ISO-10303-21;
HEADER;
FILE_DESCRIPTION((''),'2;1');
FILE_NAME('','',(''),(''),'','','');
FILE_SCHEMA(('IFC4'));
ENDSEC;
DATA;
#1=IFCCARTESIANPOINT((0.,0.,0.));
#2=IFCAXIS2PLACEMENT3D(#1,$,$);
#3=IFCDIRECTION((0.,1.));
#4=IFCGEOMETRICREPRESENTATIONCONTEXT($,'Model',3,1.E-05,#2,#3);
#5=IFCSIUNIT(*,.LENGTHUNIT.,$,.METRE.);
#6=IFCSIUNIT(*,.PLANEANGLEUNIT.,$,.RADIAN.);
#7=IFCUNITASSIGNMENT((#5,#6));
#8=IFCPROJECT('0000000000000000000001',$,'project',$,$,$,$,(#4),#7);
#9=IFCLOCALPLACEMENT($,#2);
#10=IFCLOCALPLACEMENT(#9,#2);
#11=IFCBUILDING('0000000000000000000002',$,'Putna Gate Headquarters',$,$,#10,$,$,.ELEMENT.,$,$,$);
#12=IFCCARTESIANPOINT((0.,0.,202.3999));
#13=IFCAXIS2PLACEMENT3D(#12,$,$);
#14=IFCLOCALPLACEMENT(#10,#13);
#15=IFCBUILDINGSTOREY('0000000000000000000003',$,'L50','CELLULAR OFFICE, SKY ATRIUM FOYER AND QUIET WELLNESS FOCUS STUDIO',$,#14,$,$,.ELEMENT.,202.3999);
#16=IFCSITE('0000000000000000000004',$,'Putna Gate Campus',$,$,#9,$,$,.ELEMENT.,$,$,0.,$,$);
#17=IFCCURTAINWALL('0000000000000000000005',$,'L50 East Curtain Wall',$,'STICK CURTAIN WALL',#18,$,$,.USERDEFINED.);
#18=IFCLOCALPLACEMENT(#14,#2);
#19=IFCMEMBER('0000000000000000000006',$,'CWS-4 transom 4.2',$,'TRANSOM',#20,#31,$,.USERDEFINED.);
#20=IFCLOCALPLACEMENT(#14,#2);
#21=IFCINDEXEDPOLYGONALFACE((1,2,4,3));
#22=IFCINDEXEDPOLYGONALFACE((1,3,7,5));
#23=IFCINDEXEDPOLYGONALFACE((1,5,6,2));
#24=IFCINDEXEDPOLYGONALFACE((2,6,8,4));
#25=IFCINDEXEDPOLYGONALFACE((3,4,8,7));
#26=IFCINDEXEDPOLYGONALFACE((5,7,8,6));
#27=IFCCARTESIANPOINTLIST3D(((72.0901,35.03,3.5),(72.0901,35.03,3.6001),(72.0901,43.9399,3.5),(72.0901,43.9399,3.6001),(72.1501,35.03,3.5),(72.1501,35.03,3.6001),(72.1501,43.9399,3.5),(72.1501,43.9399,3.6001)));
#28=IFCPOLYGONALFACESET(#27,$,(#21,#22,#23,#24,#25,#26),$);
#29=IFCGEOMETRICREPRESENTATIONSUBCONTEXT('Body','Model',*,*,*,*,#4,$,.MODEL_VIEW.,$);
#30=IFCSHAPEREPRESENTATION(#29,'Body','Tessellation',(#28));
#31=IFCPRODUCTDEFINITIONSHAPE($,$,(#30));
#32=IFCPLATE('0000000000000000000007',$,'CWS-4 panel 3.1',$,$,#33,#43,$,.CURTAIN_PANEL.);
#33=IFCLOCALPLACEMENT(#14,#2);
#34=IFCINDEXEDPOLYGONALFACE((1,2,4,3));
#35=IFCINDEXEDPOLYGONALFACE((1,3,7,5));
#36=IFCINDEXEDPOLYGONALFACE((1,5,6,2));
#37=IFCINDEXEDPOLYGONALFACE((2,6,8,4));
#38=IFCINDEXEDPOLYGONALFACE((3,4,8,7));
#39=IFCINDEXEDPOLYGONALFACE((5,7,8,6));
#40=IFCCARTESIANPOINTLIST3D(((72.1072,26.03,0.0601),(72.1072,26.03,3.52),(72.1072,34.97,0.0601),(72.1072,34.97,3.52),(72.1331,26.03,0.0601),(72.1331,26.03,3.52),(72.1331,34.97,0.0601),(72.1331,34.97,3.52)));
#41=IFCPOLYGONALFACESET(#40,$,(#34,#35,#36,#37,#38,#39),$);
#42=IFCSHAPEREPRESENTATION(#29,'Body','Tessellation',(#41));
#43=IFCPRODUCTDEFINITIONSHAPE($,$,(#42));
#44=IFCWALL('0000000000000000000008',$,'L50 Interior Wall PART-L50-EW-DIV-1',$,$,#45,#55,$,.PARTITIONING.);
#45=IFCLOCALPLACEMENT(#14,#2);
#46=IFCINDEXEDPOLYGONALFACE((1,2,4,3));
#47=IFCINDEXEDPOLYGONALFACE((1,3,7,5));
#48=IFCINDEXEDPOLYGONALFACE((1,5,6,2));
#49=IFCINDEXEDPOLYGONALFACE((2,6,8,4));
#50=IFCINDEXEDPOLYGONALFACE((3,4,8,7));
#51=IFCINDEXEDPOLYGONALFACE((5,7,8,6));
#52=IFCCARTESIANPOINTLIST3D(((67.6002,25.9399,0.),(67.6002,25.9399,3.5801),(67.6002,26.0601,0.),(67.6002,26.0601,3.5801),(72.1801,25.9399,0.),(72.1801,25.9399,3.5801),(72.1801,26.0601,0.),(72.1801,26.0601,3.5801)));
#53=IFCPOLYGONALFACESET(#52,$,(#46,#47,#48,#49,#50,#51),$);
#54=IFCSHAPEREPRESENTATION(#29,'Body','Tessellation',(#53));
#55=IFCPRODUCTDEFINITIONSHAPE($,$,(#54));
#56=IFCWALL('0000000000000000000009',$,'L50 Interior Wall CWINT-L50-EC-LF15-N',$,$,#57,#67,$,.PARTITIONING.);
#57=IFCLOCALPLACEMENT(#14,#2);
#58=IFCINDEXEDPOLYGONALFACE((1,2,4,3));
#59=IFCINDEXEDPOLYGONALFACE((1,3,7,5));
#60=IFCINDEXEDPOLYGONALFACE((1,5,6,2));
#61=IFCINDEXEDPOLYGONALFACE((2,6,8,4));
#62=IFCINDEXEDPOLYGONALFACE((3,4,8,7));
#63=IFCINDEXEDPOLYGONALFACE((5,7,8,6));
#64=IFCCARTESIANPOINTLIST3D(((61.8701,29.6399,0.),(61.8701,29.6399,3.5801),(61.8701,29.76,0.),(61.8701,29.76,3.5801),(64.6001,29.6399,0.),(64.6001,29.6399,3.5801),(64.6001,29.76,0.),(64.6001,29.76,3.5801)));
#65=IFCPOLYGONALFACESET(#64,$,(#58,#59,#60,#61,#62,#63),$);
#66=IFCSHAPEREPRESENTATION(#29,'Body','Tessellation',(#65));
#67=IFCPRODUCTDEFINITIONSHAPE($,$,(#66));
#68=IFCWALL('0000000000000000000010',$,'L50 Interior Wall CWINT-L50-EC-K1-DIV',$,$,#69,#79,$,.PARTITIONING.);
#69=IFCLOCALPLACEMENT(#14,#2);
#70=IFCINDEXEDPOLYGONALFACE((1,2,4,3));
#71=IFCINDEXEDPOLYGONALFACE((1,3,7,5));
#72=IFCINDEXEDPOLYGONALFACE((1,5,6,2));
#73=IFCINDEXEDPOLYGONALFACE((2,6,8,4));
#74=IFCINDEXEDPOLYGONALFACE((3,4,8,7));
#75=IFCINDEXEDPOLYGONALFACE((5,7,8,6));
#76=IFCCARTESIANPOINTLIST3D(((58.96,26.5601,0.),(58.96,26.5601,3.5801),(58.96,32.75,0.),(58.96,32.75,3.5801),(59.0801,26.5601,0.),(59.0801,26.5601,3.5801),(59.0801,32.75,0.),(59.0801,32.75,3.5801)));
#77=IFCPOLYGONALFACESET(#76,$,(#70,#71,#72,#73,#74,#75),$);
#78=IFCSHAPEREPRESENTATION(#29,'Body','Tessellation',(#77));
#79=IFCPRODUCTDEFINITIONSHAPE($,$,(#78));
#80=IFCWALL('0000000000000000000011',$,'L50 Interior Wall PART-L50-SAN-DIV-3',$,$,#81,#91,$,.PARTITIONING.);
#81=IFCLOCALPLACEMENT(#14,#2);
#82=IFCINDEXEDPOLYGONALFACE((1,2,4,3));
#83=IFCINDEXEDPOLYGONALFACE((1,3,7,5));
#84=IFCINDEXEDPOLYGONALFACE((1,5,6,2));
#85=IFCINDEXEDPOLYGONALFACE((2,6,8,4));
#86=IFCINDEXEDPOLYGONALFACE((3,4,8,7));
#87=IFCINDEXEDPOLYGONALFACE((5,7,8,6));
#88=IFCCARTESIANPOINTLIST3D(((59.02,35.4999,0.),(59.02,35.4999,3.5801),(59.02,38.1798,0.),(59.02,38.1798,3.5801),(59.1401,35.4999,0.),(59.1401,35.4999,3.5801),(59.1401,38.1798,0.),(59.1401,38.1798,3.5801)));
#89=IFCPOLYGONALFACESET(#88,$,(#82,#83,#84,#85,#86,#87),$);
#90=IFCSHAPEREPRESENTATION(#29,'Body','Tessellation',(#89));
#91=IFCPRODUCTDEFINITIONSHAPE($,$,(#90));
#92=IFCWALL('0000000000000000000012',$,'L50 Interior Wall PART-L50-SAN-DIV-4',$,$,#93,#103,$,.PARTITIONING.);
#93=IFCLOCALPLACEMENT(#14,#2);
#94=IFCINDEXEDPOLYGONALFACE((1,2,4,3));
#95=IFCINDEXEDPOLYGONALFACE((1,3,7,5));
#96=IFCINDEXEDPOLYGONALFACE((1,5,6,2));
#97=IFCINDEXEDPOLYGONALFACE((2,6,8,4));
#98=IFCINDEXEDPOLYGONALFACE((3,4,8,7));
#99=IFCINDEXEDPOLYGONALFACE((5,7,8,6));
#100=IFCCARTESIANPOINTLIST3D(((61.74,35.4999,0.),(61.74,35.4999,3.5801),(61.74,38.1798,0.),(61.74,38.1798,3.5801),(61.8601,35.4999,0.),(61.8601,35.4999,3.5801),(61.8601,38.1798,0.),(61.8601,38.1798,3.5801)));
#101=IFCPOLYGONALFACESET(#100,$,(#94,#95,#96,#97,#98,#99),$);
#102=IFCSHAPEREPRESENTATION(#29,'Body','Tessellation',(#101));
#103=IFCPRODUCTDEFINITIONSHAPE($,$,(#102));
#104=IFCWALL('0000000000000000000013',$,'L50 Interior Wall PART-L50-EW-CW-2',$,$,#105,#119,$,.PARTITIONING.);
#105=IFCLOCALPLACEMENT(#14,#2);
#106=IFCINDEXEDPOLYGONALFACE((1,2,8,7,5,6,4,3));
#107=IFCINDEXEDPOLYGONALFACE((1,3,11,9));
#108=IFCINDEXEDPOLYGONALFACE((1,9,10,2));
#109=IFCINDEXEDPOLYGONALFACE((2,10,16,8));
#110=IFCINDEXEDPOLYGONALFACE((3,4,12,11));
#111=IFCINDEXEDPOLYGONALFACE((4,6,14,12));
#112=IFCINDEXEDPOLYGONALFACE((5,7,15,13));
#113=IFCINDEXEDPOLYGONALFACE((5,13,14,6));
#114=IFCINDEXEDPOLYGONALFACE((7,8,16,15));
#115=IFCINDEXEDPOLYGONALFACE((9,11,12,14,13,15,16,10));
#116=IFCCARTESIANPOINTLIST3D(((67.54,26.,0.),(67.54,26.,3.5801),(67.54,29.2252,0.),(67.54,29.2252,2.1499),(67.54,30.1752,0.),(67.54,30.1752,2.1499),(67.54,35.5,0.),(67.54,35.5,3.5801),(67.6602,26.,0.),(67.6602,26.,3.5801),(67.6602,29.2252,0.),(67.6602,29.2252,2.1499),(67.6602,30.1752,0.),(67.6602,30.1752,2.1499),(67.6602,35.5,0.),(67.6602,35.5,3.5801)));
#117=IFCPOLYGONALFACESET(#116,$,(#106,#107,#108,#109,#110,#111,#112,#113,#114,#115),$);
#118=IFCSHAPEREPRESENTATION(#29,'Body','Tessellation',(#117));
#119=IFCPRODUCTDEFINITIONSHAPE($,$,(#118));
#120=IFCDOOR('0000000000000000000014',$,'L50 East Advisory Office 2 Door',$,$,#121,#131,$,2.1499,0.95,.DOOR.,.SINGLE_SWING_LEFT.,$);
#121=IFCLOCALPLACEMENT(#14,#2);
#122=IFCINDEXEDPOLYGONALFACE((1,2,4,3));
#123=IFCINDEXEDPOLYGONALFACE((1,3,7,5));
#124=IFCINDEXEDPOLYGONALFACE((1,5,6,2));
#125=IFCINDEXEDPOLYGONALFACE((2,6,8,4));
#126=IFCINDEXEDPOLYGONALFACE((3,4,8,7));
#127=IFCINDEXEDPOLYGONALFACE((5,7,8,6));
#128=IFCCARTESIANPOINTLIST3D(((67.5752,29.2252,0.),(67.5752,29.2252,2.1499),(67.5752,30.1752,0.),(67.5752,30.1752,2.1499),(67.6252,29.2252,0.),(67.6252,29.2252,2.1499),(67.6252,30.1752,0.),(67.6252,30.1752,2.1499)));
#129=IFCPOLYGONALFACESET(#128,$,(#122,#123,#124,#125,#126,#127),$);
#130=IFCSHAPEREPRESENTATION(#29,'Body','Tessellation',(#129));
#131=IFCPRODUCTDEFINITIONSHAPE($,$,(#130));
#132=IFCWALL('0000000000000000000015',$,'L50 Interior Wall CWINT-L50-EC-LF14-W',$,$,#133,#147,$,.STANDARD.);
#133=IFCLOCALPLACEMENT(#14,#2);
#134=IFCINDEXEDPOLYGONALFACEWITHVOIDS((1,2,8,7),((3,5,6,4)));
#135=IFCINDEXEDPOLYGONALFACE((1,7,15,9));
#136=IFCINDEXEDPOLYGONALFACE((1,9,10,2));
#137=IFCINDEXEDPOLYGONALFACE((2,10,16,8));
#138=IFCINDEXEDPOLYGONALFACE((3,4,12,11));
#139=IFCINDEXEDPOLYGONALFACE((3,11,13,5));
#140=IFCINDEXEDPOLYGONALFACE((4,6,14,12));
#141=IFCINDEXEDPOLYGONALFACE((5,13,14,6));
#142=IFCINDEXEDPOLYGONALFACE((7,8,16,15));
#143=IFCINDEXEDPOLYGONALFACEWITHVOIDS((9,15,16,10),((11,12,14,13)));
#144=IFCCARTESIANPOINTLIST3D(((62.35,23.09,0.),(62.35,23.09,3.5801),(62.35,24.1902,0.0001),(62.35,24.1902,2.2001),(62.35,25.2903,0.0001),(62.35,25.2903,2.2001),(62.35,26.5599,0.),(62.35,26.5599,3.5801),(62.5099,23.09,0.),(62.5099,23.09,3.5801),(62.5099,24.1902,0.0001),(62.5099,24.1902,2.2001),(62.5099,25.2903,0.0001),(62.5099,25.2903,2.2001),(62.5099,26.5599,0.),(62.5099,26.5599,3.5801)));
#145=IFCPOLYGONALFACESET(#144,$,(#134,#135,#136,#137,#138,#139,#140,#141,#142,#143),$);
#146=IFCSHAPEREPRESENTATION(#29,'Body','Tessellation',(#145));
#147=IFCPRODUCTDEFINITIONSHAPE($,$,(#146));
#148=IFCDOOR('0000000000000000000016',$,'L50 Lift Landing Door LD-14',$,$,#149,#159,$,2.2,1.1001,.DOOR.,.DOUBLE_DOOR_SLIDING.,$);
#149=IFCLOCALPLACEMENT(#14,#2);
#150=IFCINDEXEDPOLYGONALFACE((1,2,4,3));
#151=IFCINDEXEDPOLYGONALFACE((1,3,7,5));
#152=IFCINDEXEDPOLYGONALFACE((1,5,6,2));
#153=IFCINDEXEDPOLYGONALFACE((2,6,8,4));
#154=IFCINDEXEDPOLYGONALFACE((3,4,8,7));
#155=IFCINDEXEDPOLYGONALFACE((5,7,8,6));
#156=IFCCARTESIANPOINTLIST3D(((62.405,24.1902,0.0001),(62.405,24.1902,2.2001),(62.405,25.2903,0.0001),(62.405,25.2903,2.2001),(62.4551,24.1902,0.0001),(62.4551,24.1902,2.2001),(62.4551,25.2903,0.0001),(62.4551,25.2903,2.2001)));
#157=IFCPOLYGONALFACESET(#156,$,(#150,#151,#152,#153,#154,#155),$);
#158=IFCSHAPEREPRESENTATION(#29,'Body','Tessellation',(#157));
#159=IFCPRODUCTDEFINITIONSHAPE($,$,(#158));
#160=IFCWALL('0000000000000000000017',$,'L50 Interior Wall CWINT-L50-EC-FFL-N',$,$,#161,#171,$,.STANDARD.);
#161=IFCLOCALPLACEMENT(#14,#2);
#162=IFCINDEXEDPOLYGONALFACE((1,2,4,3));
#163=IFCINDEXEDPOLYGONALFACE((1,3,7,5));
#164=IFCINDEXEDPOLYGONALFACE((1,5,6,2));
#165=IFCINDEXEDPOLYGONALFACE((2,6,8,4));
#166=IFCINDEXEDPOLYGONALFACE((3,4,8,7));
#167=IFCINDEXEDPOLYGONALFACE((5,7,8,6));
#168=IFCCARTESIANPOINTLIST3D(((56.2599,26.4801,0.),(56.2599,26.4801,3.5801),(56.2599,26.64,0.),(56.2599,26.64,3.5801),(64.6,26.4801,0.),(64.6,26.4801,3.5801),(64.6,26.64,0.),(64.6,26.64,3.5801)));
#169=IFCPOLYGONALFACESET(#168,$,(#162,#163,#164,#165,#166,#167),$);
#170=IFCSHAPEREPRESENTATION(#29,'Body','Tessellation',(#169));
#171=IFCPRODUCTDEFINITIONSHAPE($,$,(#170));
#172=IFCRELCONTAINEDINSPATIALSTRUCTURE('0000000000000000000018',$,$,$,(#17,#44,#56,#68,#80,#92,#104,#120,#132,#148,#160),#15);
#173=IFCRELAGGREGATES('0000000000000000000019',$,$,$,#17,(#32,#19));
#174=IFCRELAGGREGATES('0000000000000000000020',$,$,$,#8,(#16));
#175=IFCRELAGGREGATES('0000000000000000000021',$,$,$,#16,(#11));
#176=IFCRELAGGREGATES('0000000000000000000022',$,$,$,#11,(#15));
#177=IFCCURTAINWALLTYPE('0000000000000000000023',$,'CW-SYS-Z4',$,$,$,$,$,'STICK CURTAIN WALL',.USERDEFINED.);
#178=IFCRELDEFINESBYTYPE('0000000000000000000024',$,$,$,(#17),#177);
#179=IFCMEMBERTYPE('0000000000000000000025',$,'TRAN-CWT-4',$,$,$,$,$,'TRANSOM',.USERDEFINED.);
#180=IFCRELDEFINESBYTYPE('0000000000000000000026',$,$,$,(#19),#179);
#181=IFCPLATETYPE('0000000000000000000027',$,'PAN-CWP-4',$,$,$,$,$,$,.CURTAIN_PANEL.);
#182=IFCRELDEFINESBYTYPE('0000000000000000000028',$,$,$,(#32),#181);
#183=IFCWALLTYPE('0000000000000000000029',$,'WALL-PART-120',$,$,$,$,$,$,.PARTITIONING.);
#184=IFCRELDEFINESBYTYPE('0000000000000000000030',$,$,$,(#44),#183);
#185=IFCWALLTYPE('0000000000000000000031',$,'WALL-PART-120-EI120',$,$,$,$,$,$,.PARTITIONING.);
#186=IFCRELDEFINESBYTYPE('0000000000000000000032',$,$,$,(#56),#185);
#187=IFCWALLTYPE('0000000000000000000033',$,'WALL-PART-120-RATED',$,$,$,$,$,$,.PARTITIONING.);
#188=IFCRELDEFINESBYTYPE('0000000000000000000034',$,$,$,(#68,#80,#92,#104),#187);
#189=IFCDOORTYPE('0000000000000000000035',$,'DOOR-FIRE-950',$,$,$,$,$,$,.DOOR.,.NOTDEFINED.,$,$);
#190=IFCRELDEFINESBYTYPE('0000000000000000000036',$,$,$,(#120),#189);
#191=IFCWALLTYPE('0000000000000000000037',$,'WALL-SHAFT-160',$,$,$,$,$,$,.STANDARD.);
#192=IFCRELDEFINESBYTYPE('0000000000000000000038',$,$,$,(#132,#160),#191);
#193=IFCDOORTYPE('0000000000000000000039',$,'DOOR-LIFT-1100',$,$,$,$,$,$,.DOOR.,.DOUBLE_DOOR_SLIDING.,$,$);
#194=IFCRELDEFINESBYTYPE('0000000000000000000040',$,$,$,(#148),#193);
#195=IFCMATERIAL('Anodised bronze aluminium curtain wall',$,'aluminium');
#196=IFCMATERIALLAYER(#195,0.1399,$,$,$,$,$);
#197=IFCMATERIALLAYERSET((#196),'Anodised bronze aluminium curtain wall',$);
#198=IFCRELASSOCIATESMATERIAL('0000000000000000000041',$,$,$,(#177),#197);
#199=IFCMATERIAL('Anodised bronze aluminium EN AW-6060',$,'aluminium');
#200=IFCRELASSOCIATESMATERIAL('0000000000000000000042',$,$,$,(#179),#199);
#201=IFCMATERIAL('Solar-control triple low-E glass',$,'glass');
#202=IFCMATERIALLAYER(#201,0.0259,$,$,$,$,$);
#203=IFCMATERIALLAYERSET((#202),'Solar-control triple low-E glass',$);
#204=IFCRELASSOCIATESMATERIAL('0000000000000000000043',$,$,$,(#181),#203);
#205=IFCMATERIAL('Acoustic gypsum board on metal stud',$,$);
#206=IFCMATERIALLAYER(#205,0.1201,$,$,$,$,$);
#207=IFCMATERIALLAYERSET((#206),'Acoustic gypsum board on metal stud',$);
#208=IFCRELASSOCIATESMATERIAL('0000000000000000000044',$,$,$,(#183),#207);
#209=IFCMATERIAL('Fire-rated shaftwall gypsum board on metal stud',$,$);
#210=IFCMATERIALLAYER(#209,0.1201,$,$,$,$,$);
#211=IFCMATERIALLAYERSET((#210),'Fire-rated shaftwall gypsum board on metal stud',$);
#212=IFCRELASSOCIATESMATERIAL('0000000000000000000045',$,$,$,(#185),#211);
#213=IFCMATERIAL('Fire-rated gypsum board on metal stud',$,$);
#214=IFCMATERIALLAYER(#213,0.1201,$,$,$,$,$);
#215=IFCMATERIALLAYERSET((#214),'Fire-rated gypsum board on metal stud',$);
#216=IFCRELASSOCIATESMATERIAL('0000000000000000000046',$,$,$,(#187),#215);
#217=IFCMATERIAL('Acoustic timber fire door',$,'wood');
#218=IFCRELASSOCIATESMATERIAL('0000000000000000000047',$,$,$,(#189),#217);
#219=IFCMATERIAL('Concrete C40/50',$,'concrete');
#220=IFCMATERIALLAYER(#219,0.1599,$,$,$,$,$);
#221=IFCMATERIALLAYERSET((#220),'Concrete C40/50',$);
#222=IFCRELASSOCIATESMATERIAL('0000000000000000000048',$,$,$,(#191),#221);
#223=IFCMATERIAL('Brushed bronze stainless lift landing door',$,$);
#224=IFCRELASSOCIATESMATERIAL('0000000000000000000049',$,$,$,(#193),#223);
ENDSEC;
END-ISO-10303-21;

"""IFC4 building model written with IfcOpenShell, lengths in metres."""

from ifc_helpers import new_model, si_unit, direction, frame, frame_2d, origin, origin_2d, place, context, subcontext, project, spatial, rectangle, extrude, material, layer, layer_set, material_profile, profile_set, type_object, element, fill, aggregate, save


model = new_model("IFC4")

# Units and contexts
model_context = context("Model", 3, precision=1e-05, world=origin(), true_north=direction((0.0, 1.0)))
body_context = subcontext(model_context, "Body", "Model", "MODEL_VIEW")
ifc_project = project(units=[si_unit("LENGTHUNIT", "METRE"), si_unit("PLANEANGLEUNIT", "RADIAN")], contexts=[model_context])

# Site, building, storey
site_placement = place(None, origin())
site = spatial("IfcSite", under=ifc_project, at=site_placement, Name="Putna Gate Campus", CompositionType="ELEMENT", RefElevation=0.0)
building_placement = place(site_placement, origin())
building = spatial("IfcBuilding", under=site, at=building_placement, Name="Putna Gate Headquarters", CompositionType="ELEMENT")
storey_placement = place(building_placement, frame((0.0, 0.0, 202.3999)))
storey = spatial("IfcBuildingStorey", under=building, at=storey_placement, Name="L50", Description="CELLULAR OFFICE, SKY ATRIUM FOYER AND QUIET WELLNESS FOCUS STUDIO", CompositionType="ELEMENT", Elevation=202.3999)

# Curtain wall, member, plate
ifc_material_1 = material(Name="Anodised bronze aluminium curtain wall", Category="aluminium")
ifc_layer_1 = layer(ifc_material_1, 0.1399)
ifc_layer_set_1 = layer_set([ifc_layer_1], Name="Anodised bronze aluminium curtain wall")
curtain_wall_type = type_object("IfcCurtainWallType", Name="CW-SYS-Z4", ElementType="STICK CURTAIN WALL", PredefinedType="USERDEFINED", material=ifc_layer_set_1)
curtain_wall_placement = place(storey_placement, origin())
curtain_wall = element("IfcCurtainWall", 1, at=curtain_wall_placement, inside=storey, type_object=curtain_wall_type, Name="L50 East Curtain Wall", ObjectType="STICK CURTAIN WALL", PredefinedType="USERDEFINED")
ifc_material_2 = material(Name="Anodised bronze aluminium EN AW-6060", Category="aluminium")
ifc_material_profile_1 = material_profile(ifc_material_2, rectangle(XDim=0.0601, YDim=0.1001, at=origin_2d()), Name="Anodised bronze aluminium EN AW-6060")
ifc_profile_set_1 = profile_set([ifc_material_profile_1], Name="Anodised bronze aluminium EN AW-6060")
member_type_1 = type_object("IfcMemberType", Name="TRAN-CWT-4", ElementType="TRANSOM", PredefinedType="USERDEFINED", material=ifc_profile_set_1)
member_1_placement = place(storey_placement, frame((72.1201, 35.03, 3.55), z_axis=(0.0, 1.0, 0.0), x_axis=(-1.0, 0.0, 0.0)))
member_1 = element("IfcMember", 2, at=member_1_placement, type_object=member_type_1, Name="CWS-4 transom 4.2", ObjectType="TRANSOM", PredefinedType="USERDEFINED", context=body_context, shape_type="SweptSolid", body=[
    extrude(rectangle(XDim=0.0601, YDim=0.1001, at=origin_2d()), origin(), (0.0, 0.0, 1.0), 8.9099),
])
ifc_material_3 = material(Name="Solar-control triple low-E glass", Category="glass")
ifc_layer_2 = layer(ifc_material_3, 0.0259)
ifc_layer_set_2 = layer_set([ifc_layer_2], Name="Solar-control triple low-E glass")
plate_type = type_object("IfcPlateType", Name="PAN-CWP-4", PredefinedType="CURTAIN_PANEL", material=ifc_layer_set_2)
plate_placement = place(storey_placement, frame((72.1201, 30.5, 0.0601), z_axis=(0.0, 0.0, 1.0), x_axis=(0.0, 1.0, 0.0)))
plate = element("IfcPlate", 3, at=plate_placement, type_object=plate_type, Name="CWS-4 panel 3.1", PredefinedType="CURTAIN_PANEL", context=body_context, shape_type="SweptSolid", body=[
    extrude(rectangle(XDim=8.9399, YDim=0.0259, at=origin_2d()), origin(), (0.0, 0.0, 1.0), 3.46),
])
aggregate(curtain_wall, [plate, member_1])

# Walls
ifc_material_4 = material(Name="Acoustic gypsum board on metal stud")
ifc_layer_3 = layer(ifc_material_4, 0.1201)
ifc_layer_set_3 = layer_set([ifc_layer_3], Name="Acoustic gypsum board on metal stud")
wall_type_1 = type_object("IfcWallType", Name="WALL-PART-120", PredefinedType="PARTITIONING", material=ifc_layer_set_3)
wall_1_placement = place(storey_placement, frame((67.6001, 26.0, 0.0), z_axis=(0.0, 0.0, 1.0), x_axis=(1.0, 0.0, 0.0)))
element("IfcWall", 4, at=wall_1_placement, inside=storey, type_object=wall_type_1, Name="L50 Interior Wall PART-L50-EW-DIV-1", PredefinedType="PARTITIONING", context=body_context, shape_type="SweptSolid", body=[
    extrude(rectangle(XDim=4.5798, YDim=0.1201, at=frame_2d((2.29, 0.0))), origin(), (0.0, 0.0, 1.0), 3.5801),
])
ifc_material_5 = material(Name="Fire-rated shaftwall gypsum board on metal stud")
ifc_layer_4 = layer(ifc_material_5, 0.1201)
ifc_layer_set_4 = layer_set([ifc_layer_4], Name="Fire-rated shaftwall gypsum board on metal stud")
wall_type_2 = type_object("IfcWallType", Name="WALL-PART-120-EI120", PredefinedType="PARTITIONING", material=ifc_layer_set_4)
wall_2_placement = place(storey_placement, frame((61.8701, 29.7, 0.0), z_axis=(0.0, 0.0, 1.0), x_axis=(1.0, 0.0, 0.0)))
element("IfcWall", 5, at=wall_2_placement, inside=storey, type_object=wall_type_2, Name="L50 Interior Wall CWINT-L50-EC-LF15-N", PredefinedType="PARTITIONING", context=body_context, shape_type="SweptSolid", body=[
    extrude(rectangle(XDim=2.73, YDim=0.1201, at=frame_2d((1.365, 0.0))), origin(), (0.0, 0.0, 1.0), 3.5801),
])
ifc_material_6 = material(Name="Fire-rated gypsum board on metal stud")
ifc_layer_5 = layer(ifc_material_6, 0.1201)
ifc_layer_set_5 = layer_set([ifc_layer_5], Name="Fire-rated gypsum board on metal stud")
wall_type_3 = type_object("IfcWallType", Name="WALL-PART-120-RATED", PredefinedType="PARTITIONING", material=ifc_layer_set_5)
wall_3_placement = place(storey_placement, frame((59.02, 26.5601, 0.0), z_axis=(0.0, 0.0, 1.0), x_axis=(0.0, 1.0, 0.0)))
element("IfcWall", 6, at=wall_3_placement, inside=storey, type_object=wall_type_3, Name="L50 Interior Wall CWINT-L50-EC-K1-DIV", PredefinedType="PARTITIONING", context=body_context, shape_type="SweptSolid", body=[
    extrude(rectangle(XDim=6.1899, YDim=0.1201, at=frame_2d((3.095, 0.0))), origin(), (0.0, 0.0, 1.0), 3.5801),
])
for number, where, z_axis, x_axis, name in (
    (7, (59.0801, 35.5, 0.0), (0.0, 0.0, 1.0), (0.0, 1.0, 0.0), "L50 Interior Wall PART-L50-SAN-DIV-3"),
    (8, (61.8, 35.5, 0.0), (0.0, 0.0, 1.0), (0.0, 1.0, 0.0), "L50 Interior Wall PART-L50-SAN-DIV-4"),
):
    element("IfcWall", number, at=place(storey_placement, frame(where, z_axis=z_axis, x_axis=x_axis)), inside=storey, type_object=wall_type_3, Name=name, PredefinedType="PARTITIONING", context=body_context, shape_type="SweptSolid", body=[
        extrude(rectangle(XDim=2.6799, YDim=0.1201, at=frame_2d((1.3398, 0.0))), origin(), (0.0, 0.0, 1.0), 3.5801),
    ])

# Walls, openings, doors
wall_4_placement = place(storey_placement, frame((67.6001, 26.0, 0.0), z_axis=(0.0, 0.0, 1.0), x_axis=(0.0, 1.0, 0.0)))
wall_4 = element("IfcWall", 9, at=wall_4_placement, inside=storey, type_object=wall_type_3, Name="L50 Interior Wall PART-L50-EW-CW-2", PredefinedType="PARTITIONING", context=body_context, shape_type="SweptSolid", body=[
    extrude(rectangle(XDim=9.5, YDim=0.1201, at=frame_2d((4.75, 0.0))), origin(), (0.0, 0.0, 1.0), 3.5801),
])
opening_1_placement = place(wall_4_placement, frame((3.2251, 0.0, 0.0)))
opening_1 = element("IfcOpeningElement", 10, at=opening_1_placement, cuts=wall_4, PredefinedType="OPENING", context=body_context, shape_type="SweptSolid", body=[
    extrude(rectangle(XDim=0.95, YDim=2.1499, at=frame_2d((0.4751, 1.075))), frame((0.0, 0.0701, 0.0), z_axis=(0.0, -1.0, 0.0), x_axis=(1.0, 0.0, 0.0)), (0.0, 0.0, 1.0), 0.1401),
])
ifc_material_7 = material(Name="Acoustic timber fire door", Category="wood")
door_type_1 = type_object("IfcDoorType", Name="DOOR-FIRE-950", OperationType="NOTDEFINED", PredefinedType="DOOR", material=ifc_material_7)
door_1_placement = place(opening_1_placement, origin())
door_1 = element("IfcDoor", 11, at=door_1_placement, inside=storey, type_object=door_type_1, Name="L50 East Advisory Office 2 Door", OperationType="SINGLE_SWING_LEFT", OverallHeight=2.1499, OverallWidth=0.95, PredefinedType="DOOR", context=body_context, shape_type="SweptSolid", body=[
    extrude(rectangle(XDim=0.95, YDim=2.1499, at=frame_2d((0.4751, 1.075))), frame((0.0, 0.0249, 0.0), z_axis=(0.0, -1.0, 0.0), x_axis=(1.0, 0.0, 0.0)), (0.0, 0.0, 1.0), 0.05),
])
fill(opening_1, door_1)
ifc_material_8 = material(Name="Concrete C40/50", Category="concrete")
ifc_layer_6 = layer(ifc_material_8, 0.1599)
ifc_layer_set_6 = layer_set([ifc_layer_6], Name="Concrete C40/50")
wall_type_4 = type_object("IfcWallType", Name="WALL-SHAFT-160", PredefinedType="STANDARD", material=ifc_layer_set_6)
wall_5_placement = place(storey_placement, frame((62.4299, 23.0901, 0.0), z_axis=(0.0, 0.0, 1.0), x_axis=(0.0, 1.0, 0.0)))
wall_5 = element("IfcWall", 12, at=wall_5_placement, inside=storey, type_object=wall_type_4, Name="L50 Interior Wall CWINT-L50-EC-LF14-W", PredefinedType="STANDARD", context=body_context, shape_type="SweptSolid", body=[
    extrude(rectangle(XDim=3.47, YDim=0.1599, at=frame_2d((1.7349, 0.0))), origin(), (0.0, 0.0, 1.0), 3.5801),
])
opening_2_placement = place(wall_5_placement, frame((1.1001, 0.0, 0.0)))
opening_2 = element("IfcOpeningElement", 13, at=opening_2_placement, cuts=wall_5, PredefinedType="OPENING", context=body_context, shape_type="SweptSolid", body=[
    extrude(rectangle(XDim=1.1001, YDim=2.2, at=frame_2d((0.55, 1.1001))), frame((0.0, 0.0898, 0.0), z_axis=(0.0, -1.0, 0.0), x_axis=(1.0, 0.0, 0.0)), (0.0, 0.0, 1.0), 0.1799),
])
ifc_material_9 = material(Name="Brushed bronze stainless lift landing door")
door_type_2 = type_object("IfcDoorType", Name="DOOR-LIFT-1100", OperationType="DOUBLE_DOOR_SLIDING", PredefinedType="DOOR", material=ifc_material_9)
door_2_placement = place(opening_2_placement, origin())
door_2 = element("IfcDoor", 14, at=door_2_placement, inside=storey, type_object=door_type_2, Name="L50 Lift Landing Door LD-14", OperationType="DOUBLE_DOOR_SLIDING", OverallHeight=2.2, OverallWidth=1.1001, PredefinedType="DOOR", context=body_context, shape_type="SweptSolid", body=[
    extrude(rectangle(XDim=1.1001, YDim=2.2, at=frame_2d((0.55, 1.1001))), frame((0.0, 0.0249, 0.0), z_axis=(0.0, -1.0, 0.0), x_axis=(1.0, 0.0, 0.0)), (0.0, 0.0, 1.0), 0.05),
])
fill(opening_2, door_2)

# Wall
wall_6_placement = place(storey_placement, frame((56.26, 26.5601, 0.0), z_axis=(0.0, 0.0, 1.0), x_axis=(1.0, 0.0, 0.0)))
element("IfcWall", 15, at=wall_6_placement, inside=storey, type_object=wall_type_4, Name="L50 Interior Wall CWINT-L50-EC-FFL-N", PredefinedType="STANDARD", context=body_context, shape_type="SweptSolid", body=[
    extrude(rectangle(XDim=8.3401, YDim=0.1599, at=frame_2d((4.1699, 0.0))), origin(), (0.0, 0.0, 1.0), 3.5801),
])

save(model, "model.ifc")
